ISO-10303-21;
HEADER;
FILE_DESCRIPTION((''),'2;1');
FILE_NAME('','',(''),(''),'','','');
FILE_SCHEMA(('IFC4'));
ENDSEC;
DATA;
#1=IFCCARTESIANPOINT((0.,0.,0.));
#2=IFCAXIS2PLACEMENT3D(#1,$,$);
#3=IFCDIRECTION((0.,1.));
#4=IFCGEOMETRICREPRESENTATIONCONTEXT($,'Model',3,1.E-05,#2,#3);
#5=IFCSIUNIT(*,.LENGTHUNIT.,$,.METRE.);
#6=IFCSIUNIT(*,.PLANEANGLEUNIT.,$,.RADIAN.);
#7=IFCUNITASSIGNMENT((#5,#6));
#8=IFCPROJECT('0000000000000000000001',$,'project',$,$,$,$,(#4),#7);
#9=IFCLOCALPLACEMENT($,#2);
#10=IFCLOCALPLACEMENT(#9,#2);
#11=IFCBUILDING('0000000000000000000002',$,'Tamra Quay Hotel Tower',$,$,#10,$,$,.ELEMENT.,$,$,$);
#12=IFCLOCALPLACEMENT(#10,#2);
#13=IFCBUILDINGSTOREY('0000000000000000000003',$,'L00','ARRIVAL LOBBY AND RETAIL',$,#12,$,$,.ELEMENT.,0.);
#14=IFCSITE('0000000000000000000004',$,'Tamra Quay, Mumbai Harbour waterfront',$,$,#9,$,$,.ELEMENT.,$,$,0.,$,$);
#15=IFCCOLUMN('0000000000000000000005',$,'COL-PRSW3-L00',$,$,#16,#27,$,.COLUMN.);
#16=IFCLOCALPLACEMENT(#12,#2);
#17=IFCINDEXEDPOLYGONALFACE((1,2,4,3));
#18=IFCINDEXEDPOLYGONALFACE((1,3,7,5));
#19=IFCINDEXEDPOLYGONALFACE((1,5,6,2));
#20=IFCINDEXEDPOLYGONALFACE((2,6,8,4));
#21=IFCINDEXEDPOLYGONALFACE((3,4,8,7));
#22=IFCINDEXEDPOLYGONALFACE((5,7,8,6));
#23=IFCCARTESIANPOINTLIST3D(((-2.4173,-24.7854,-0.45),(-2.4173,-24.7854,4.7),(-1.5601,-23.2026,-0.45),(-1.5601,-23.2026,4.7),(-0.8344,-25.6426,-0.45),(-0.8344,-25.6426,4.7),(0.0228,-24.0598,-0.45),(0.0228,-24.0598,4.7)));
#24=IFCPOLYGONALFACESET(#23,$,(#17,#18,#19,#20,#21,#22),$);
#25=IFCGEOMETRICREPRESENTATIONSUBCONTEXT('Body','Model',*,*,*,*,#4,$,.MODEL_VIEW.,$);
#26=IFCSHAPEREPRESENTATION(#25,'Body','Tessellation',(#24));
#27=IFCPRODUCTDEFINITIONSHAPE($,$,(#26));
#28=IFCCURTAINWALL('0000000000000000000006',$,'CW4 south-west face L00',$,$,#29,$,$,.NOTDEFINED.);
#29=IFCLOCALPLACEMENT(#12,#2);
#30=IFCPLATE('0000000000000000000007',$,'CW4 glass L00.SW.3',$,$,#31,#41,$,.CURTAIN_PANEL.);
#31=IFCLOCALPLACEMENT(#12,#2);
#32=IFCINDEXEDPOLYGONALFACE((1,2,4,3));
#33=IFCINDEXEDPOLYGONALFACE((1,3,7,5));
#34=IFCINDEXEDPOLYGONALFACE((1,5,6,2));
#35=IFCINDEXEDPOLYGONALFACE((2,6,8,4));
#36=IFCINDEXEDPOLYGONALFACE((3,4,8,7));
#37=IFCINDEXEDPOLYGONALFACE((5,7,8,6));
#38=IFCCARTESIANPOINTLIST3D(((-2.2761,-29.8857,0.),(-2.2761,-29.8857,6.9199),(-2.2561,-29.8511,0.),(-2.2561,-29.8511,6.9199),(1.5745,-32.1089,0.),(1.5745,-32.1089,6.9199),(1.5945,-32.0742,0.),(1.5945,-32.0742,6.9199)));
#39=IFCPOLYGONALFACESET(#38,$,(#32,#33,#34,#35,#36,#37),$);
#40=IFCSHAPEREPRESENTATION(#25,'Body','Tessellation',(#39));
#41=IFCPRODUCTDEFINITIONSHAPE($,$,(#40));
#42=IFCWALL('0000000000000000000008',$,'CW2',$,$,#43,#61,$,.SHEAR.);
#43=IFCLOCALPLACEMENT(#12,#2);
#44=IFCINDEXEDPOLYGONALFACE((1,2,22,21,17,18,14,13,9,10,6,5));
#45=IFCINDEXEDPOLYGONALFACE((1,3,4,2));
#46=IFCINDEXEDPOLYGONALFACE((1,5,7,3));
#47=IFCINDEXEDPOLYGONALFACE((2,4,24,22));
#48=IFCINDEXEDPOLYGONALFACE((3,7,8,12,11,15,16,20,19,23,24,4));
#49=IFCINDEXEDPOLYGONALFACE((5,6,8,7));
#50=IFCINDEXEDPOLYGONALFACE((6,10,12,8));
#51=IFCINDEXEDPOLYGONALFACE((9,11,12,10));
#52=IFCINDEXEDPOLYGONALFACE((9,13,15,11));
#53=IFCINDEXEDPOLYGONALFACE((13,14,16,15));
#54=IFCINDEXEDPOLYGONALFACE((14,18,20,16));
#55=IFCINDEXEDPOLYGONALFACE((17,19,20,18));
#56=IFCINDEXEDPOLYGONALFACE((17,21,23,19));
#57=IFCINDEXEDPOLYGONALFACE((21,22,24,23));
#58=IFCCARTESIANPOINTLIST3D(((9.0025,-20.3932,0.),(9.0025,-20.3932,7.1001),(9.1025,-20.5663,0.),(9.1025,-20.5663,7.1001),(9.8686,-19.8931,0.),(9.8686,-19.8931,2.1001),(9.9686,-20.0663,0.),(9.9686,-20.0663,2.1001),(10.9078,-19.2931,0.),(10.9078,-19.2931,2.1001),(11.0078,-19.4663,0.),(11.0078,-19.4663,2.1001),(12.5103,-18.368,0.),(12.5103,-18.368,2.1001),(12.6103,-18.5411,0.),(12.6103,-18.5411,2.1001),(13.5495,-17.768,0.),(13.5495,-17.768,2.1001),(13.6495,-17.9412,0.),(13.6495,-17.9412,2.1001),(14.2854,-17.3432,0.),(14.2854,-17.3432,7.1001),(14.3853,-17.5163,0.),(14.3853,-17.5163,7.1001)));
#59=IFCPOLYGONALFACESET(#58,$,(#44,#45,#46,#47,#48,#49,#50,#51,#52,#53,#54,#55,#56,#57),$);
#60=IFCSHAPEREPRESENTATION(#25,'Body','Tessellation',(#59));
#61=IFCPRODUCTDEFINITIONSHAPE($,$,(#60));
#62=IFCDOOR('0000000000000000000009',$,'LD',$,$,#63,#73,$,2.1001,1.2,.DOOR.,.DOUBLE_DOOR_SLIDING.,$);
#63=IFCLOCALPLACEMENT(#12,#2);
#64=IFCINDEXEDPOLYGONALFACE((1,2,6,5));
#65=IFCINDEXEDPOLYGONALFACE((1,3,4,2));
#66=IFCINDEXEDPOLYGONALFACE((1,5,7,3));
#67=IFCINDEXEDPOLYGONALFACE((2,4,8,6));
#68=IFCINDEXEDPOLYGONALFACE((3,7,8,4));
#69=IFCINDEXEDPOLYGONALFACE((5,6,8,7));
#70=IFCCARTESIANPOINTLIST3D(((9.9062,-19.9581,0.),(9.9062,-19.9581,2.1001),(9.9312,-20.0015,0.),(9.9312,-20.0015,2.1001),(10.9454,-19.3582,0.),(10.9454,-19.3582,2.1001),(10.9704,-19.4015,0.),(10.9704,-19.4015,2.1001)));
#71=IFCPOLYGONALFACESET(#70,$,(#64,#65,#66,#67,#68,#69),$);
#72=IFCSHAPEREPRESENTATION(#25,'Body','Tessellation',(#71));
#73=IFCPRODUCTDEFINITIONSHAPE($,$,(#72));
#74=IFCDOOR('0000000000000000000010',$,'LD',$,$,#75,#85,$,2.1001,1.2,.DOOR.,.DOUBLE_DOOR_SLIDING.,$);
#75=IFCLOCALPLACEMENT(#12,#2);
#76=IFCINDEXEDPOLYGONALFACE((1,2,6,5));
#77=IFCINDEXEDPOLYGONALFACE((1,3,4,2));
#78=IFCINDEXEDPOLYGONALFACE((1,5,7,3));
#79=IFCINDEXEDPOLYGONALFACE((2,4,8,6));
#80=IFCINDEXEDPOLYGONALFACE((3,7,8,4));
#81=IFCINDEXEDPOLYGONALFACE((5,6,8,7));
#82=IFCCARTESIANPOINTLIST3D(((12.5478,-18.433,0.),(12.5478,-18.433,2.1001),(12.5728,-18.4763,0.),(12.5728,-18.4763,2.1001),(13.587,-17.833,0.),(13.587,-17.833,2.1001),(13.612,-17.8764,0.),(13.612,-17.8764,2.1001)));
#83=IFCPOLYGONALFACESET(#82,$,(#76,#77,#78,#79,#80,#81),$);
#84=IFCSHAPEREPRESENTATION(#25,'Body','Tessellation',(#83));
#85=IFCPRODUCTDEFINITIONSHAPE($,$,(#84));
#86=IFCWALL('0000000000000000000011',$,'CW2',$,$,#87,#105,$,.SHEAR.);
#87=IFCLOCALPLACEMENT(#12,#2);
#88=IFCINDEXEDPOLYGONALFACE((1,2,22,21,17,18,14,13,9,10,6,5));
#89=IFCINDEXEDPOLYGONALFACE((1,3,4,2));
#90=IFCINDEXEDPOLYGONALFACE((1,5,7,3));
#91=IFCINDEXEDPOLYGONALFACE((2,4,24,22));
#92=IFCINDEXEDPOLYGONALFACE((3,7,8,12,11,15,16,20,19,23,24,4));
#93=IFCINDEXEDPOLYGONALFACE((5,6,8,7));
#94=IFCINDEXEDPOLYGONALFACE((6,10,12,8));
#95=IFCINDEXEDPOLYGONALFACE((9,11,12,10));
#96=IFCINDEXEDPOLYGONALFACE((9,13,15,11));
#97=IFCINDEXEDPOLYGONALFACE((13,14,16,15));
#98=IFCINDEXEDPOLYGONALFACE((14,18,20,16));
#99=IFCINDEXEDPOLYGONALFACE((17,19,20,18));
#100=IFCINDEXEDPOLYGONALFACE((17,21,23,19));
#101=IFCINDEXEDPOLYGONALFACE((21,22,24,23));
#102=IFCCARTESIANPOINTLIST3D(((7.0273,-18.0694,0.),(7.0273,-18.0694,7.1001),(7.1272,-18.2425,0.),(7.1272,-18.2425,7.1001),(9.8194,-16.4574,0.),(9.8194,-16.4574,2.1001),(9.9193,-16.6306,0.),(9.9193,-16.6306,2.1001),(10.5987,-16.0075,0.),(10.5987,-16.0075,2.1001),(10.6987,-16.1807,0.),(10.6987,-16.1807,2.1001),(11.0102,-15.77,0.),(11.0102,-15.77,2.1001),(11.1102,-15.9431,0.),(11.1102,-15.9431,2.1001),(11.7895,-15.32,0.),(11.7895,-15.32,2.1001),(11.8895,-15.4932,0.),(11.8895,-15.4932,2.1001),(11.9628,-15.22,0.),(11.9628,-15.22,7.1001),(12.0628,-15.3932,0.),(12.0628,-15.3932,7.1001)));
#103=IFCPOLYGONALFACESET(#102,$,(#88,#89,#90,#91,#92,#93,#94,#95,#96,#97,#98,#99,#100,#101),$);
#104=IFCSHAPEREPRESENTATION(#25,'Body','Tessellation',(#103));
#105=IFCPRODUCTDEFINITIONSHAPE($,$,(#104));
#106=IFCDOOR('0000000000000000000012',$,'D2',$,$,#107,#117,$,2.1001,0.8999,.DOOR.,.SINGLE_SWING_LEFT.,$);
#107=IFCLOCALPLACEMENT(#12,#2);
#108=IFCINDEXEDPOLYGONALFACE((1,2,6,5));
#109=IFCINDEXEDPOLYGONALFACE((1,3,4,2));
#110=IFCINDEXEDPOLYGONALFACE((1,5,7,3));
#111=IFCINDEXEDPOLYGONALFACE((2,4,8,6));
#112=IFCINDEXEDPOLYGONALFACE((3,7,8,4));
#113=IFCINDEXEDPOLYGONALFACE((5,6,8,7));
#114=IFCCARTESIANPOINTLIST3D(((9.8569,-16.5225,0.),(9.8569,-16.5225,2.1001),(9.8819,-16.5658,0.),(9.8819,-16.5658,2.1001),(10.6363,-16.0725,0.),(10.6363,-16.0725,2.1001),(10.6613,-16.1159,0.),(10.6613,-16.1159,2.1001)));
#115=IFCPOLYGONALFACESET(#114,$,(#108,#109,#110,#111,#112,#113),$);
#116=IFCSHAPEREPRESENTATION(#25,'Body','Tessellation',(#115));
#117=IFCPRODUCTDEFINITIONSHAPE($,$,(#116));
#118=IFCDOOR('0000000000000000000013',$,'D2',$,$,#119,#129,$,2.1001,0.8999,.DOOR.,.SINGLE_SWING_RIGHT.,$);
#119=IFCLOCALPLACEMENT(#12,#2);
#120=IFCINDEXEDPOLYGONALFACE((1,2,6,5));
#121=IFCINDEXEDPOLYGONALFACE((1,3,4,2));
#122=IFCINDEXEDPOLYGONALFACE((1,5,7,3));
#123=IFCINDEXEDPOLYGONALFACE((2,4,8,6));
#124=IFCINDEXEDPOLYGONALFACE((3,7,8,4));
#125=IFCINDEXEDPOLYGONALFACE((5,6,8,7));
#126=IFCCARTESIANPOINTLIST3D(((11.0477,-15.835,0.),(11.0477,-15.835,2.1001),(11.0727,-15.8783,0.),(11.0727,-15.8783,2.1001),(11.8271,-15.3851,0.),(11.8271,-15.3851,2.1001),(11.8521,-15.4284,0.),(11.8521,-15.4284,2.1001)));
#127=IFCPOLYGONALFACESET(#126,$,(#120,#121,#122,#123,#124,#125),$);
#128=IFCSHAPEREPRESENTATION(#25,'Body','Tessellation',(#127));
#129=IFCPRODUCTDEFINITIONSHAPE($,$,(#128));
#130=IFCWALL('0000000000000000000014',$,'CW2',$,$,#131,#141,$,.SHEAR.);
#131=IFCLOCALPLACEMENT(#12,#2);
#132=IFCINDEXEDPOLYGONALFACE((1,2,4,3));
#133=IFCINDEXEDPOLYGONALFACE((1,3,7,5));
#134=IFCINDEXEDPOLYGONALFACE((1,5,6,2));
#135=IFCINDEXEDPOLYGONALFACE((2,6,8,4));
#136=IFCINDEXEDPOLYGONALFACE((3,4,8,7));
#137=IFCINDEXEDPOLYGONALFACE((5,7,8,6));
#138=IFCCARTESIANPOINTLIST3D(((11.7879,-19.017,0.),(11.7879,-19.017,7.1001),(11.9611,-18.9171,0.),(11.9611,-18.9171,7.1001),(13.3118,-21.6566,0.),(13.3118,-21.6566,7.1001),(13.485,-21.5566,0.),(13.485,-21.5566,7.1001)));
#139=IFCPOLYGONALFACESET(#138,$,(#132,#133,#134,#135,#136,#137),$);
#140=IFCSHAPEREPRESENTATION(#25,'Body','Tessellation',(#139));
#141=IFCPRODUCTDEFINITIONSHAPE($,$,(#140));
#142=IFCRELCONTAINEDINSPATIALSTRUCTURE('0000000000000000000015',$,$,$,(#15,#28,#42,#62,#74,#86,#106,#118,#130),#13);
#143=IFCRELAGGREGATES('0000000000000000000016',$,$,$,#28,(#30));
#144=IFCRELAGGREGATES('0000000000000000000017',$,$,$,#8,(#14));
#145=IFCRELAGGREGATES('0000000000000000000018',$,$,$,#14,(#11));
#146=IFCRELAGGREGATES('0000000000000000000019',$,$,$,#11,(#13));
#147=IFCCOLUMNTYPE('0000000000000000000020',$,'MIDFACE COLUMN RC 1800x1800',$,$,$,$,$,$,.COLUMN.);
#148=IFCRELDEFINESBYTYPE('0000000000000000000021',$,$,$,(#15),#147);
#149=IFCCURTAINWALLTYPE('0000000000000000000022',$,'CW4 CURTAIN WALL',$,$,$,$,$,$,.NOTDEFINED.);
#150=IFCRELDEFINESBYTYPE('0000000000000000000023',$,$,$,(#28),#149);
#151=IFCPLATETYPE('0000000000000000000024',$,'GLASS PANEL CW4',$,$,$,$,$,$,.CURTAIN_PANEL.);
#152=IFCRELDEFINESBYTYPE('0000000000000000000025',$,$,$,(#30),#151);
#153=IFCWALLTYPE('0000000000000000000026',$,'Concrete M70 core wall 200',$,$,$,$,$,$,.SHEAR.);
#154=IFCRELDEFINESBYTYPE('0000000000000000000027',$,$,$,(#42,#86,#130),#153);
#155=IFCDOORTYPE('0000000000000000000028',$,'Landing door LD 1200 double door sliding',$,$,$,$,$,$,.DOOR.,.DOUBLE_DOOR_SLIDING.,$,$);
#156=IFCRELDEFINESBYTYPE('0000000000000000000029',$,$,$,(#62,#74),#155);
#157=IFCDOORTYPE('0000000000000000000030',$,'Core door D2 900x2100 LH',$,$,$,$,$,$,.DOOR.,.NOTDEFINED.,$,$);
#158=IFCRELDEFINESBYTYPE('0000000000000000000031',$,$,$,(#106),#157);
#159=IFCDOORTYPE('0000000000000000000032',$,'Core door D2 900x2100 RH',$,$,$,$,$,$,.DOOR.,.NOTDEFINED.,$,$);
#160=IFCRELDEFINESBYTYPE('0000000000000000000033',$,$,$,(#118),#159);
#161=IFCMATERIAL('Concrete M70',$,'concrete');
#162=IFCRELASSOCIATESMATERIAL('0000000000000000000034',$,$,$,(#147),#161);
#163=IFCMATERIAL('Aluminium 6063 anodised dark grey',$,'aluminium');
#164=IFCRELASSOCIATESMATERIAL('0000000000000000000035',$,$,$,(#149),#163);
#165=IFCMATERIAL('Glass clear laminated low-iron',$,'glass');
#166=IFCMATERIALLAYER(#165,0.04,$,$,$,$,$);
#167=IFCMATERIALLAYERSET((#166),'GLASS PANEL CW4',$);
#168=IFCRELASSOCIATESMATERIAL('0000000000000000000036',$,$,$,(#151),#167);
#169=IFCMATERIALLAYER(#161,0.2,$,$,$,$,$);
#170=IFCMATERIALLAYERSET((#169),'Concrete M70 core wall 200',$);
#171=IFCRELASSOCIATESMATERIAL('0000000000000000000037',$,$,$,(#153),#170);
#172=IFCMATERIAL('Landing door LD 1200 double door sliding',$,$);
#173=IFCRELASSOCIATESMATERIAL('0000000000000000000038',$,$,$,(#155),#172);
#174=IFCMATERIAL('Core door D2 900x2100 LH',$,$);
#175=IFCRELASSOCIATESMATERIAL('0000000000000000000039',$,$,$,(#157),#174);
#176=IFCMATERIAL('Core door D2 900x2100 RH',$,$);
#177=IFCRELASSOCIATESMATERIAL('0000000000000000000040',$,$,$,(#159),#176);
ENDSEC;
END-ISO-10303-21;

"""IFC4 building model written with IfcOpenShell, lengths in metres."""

from ifc_helpers import new_model, si_unit, direction, frame, frame_2d, origin, origin_2d, place, context, subcontext, project, spatial, rectangle, extrude, material, layer, layer_set, material_profile, profile_set, type_object, element, fill, aggregate, save


model = new_model("IFC4")

# Units and contexts
model_context = context("Model", 3, precision=1e-05, world=origin(), true_north=direction((0.0, 1.0)))
body_context = subcontext(model_context, "Body", "Model", "MODEL_VIEW")
ifc_project = project(units=[si_unit("LENGTHUNIT", "METRE"), si_unit("PLANEANGLEUNIT", "RADIAN")], contexts=[model_context])

# Site, building, storey
site_placement = place(None, origin())
site = spatial("IfcSite", under=ifc_project, at=site_placement, Name="Tamra Quay, Mumbai Harbour waterfront", CompositionType="ELEMENT", RefElevation=0.0)
building_placement = place(site_placement, origin())
building = spatial("IfcBuilding", under=site, at=building_placement, Name="Tamra Quay Hotel Tower", CompositionType="ELEMENT")
storey_placement = place(building_placement, origin())
storey = spatial("IfcBuildingStorey", under=building, at=storey_placement, Name="L00", Description="ARRIVAL LOBBY AND RETAIL", CompositionType="ELEMENT", Elevation=0.0)

# Column
ifc_material_1 = material(Name="Concrete M70", Category="concrete")
ifc_material_profile = material_profile(ifc_material_1, rectangle(XDim=1.8, YDim=1.8, at=origin_2d()), Name="MIDFACE COLUMN RC 1800x1800")
ifc_profile_set = profile_set([ifc_material_profile], Name="Concrete M70")
column_type = type_object("IfcColumnType", Name="MIDFACE COLUMN RC 1800x1800", PredefinedType="COLUMN", material=ifc_profile_set)
column_placement = place(storey_placement, frame((-1.1973, -24.4226, -0.45), z_axis=(0.0, 0.0, 1.0), x_axis=(0.476198, 0.879338, 0.0)))
element("IfcColumn", 1, at=column_placement, inside=storey, type_object=column_type, Name="COL-PRSW3-L00", PredefinedType="COLUMN", context=body_context, shape_type="SweptSolid", body=[
    extrude(rectangle(XDim=1.8, YDim=1.8, at=origin_2d()), origin(), (0.0, 0.0, 1.0), 5.1499),
])

# Curtain wall, plate
ifc_material_2 = material(Name="Aluminium 6063 anodised dark grey", Category="aluminium")
curtain_wall_type = type_object("IfcCurtainWallType", Name="CW4 CURTAIN WALL", PredefinedType="NOTDEFINED", material=ifc_material_2)
curtain_wall_placement = place(storey_placement, origin())
curtain_wall = element("IfcCurtainWall", 2, at=curtain_wall_placement, inside=storey, type_object=curtain_wall_type, Name="CW4 south-west face L00", PredefinedType="NOTDEFINED")
ifc_material_3 = material(Name="Glass clear laminated low-iron", Category="glass")
ifc_layer_1 = layer(ifc_material_3, 0.04)
ifc_layer_set_1 = layer_set([ifc_layer_1], Name="GLASS PANEL CW4")
plate_type = type_object("IfcPlateType", Name="GLASS PANEL CW4", PredefinedType="CURTAIN_PANEL", material=ifc_layer_set_1)
plate_placement = place(storey_placement, frame((-0.3408, -30.98, 0.0), z_axis=(0.0, 0.0, 1.0), x_axis=(0.866025, -0.5, 0.0)))
plate = element("IfcPlate", 3, at=plate_placement, type_object=plate_type, Name="CW4 glass L00.SW.3", PredefinedType="CURTAIN_PANEL", context=body_context, shape_type="SweptSolid", body=[
    extrude(rectangle(XDim=4.4463, YDim=0.04, at=origin_2d()), origin(), (0.0, 0.0, 1.0), 6.9199),
])
aggregate(curtain_wall, [plate])

# Walls, openings, doors
ifc_layer_2 = layer(ifc_material_1, 0.2)
ifc_layer_set_2 = layer_set([ifc_layer_2], Name="Concrete M70 core wall 200")
wall_type_1 = type_object("IfcWallType", Name="Concrete M70 core wall 200", PredefinedType="SHEAR", material=ifc_layer_set_2)
wall_1_placement = place(storey_placement, frame((9.0525, -20.4797, 0.0), z_axis=(0.0, 0.0, 1.0), x_axis=(0.86603, 0.499992, 0.0)))
wall_1 = element("IfcWall", 4, at=wall_1_placement, inside=storey, type_object=wall_type_1, Name="CW2", PredefinedType="SHEAR", context=body_context, shape_type="SweptSolid", body=[
    extrude(rectangle(XDim=6.1001, YDim=0.2, at=frame_2d((3.05, 0.0))), origin(), (0.0, 0.0, 1.0), 7.1001),
])
opening_1_placement = place(wall_1_placement, frame((1.0, 0.0, 0.0)))
opening_1 = element("IfcOpeningElement", 5, at=opening_1_placement, cuts=wall_1, PredefinedType="OPENING", context=body_context, shape_type="SweptSolid", body=[
    extrude(rectangle(XDim=1.2, YDim=2.1001, at=frame_2d((0.6001, 1.05))), frame((0.0, 0.1099, 0.0), z_axis=(0.0, -1.0, 0.0), x_axis=(1.0, 0.0, 0.0)), (0.0, 0.0, 1.0), 0.22),
])
opening_2_placement = place(wall_1_placement, frame((4.0503, 0.0, 0.0)))
opening_2 = element("IfcOpeningElement", 6, at=opening_2_placement, cuts=wall_1, PredefinedType="OPENING", context=body_context, shape_type="SweptSolid", body=[
    extrude(rectangle(XDim=1.2, YDim=2.1001, at=frame_2d((0.6001, 1.05))), frame((0.0, 0.1099, 0.0), z_axis=(0.0, -1.0, 0.0), x_axis=(1.0, 0.0, 0.0)), (0.0, 0.0, 1.0), 0.22),
])
ifc_material_4 = material(Name="Landing door LD 1200 double door sliding")
door_type_1 = type_object("IfcDoorType", Name="Landing door LD 1200 double door sliding", OperationType="DOUBLE_DOOR_SLIDING", PredefinedType="DOOR", material=ifc_material_4)
door_1_placement = place(opening_1_placement, origin())
door_1 = element("IfcDoor", 7, at=door_1_placement, inside=storey, type_object=door_type_1, Name="LD", OperationType="DOUBLE_DOOR_SLIDING", OverallHeight=2.1001, OverallWidth=1.2, PredefinedType="DOOR", context=body_context, shape_type="SweptSolid", body=[
    extrude(rectangle(XDim=1.2, YDim=2.1001, at=frame_2d((0.6001, 1.05))), frame((0.0, 0.0249, 0.0), z_axis=(0.0, -1.0, 0.0), x_axis=(1.0, 0.0, 0.0)), (0.0, 0.0, 1.0), 0.05),
])
fill(opening_1, door_1)
door_2_placement = place(opening_2_placement, origin())
door_2 = element("IfcDoor", 8, at=door_2_placement, inside=storey, type_object=door_type_1, Name="LD", OperationType="DOUBLE_DOOR_SLIDING", OverallHeight=2.1001, OverallWidth=1.2, PredefinedType="DOOR", context=body_context, shape_type="SweptSolid", body=[
    extrude(rectangle(XDim=1.2, YDim=2.1001, at=frame_2d((0.6001, 1.05))), frame((0.0, 0.0249, 0.0), z_axis=(0.0, -1.0, 0.0), x_axis=(1.0, 0.0, 0.0)), (0.0, 0.0, 1.0), 0.05),
])
fill(opening_2, door_2)
wall_2_placement = place(storey_placement, frame((7.0771, -18.156, 0.0), z_axis=(0.0, 0.0, 1.0), x_axis=(0.866039, 0.499977, 0.0)))
wall_2 = element("IfcWall", 9, at=wall_2_placement, inside=storey, type_object=wall_type_1, Name="CW2", PredefinedType="SHEAR", context=body_context, shape_type="SweptSolid", body=[
    extrude(rectangle(XDim=5.699, YDim=0.2, at=frame_2d((2.8496, 0.0))), origin(), (0.0, 0.0, 1.0), 7.1001),
])
opening_3_placement = place(wall_2_placement, frame((3.2241, 0.0, 0.0)))
opening_3 = element("IfcOpeningElement", 10, at=opening_3_placement, cuts=wall_2, PredefinedType="OPENING", context=body_context, shape_type="SweptSolid", body=[
    extrude(rectangle(XDim=0.8999, YDim=2.1001, at=frame_2d((0.45, 1.05))), frame((0.0, 0.1099, 0.0), z_axis=(0.0, -1.0, 0.0), x_axis=(1.0, 0.0, 0.0)), (0.0, 0.0, 1.0), 0.22),
])
opening_4_placement = place(wall_2_placement, frame((4.5991, 0.0, 0.0)))
opening_4 = element("IfcOpeningElement", 11, at=opening_4_placement, cuts=wall_2, PredefinedType="OPENING", context=body_context, shape_type="SweptSolid", body=[
    extrude(rectangle(XDim=0.8999, YDim=2.1001, at=frame_2d((0.45, 1.05))), frame((0.0, 0.1099, 0.0), z_axis=(0.0, -1.0, 0.0), x_axis=(1.0, 0.0, 0.0)), (0.0, 0.0, 1.0), 0.22),
])
ifc_material_5 = material(Name="Core door D2 900x2100 LH")
door_type_2 = type_object("IfcDoorType", Name="Core door D2 900x2100 LH", OperationType="NOTDEFINED", PredefinedType="DOOR", material=ifc_material_5)
door_3_placement = place(opening_3_placement, origin())
door_3 = element("IfcDoor", 12, at=door_3_placement, inside=storey, type_object=door_type_2, Name="D2", OperationType="SINGLE_SWING_LEFT", OverallHeight=2.1001, OverallWidth=0.8999, PredefinedType="DOOR", context=body_context, shape_type="SweptSolid", body=[
    extrude(rectangle(XDim=0.8999, YDim=2.1001, at=frame_2d((0.45, 1.05))), frame((0.0, 0.0249, 0.0), z_axis=(0.0, -1.0, 0.0), x_axis=(1.0, 0.0, 0.0)), (0.0, 0.0, 1.0), 0.05),
])
fill(opening_3, door_3)
ifc_material_6 = material(Name="Core door D2 900x2100 RH")
door_type_3 = type_object("IfcDoorType", Name="Core door D2 900x2100 RH", OperationType="NOTDEFINED", PredefinedType="DOOR", material=ifc_material_6)
door_4_placement = place(opening_4_placement, origin())
door_4 = element("IfcDoor", 13, at=door_4_placement, inside=storey, type_object=door_type_3, Name="D2", OperationType="SINGLE_SWING_RIGHT", OverallHeight=2.1001, OverallWidth=0.8999, PredefinedType="DOOR", context=body_context, shape_type="SweptSolid", body=[
    extrude(rectangle(XDim=0.8999, YDim=2.1001, at=frame_2d((0.45, 1.05))), frame((0.0, 0.0249, 0.0), z_axis=(0.0, -1.0, 0.0), x_axis=(1.0, 0.0, 0.0)), (0.0, 0.0, 1.0), 0.05),
])
fill(opening_4, door_4)

# Wall
wall_3_placement = place(storey_placement, frame((11.8745, -18.967, 0.0), z_axis=(0.0, 0.0, 1.0), x_axis=(0.499981, -0.866036, 0.0)))
element("IfcWall", 14, at=wall_3_placement, inside=storey, type_object=wall_type_1, Name="CW2", PredefinedType="SHEAR", context=body_context, shape_type="SweptSolid", body=[
    extrude(rectangle(XDim=3.0479, YDim=0.2, at=frame_2d((1.5239, 0.0))), origin(), (0.0, 0.0, 1.0), 7.1001),
])

save(model, "model.ifc")
